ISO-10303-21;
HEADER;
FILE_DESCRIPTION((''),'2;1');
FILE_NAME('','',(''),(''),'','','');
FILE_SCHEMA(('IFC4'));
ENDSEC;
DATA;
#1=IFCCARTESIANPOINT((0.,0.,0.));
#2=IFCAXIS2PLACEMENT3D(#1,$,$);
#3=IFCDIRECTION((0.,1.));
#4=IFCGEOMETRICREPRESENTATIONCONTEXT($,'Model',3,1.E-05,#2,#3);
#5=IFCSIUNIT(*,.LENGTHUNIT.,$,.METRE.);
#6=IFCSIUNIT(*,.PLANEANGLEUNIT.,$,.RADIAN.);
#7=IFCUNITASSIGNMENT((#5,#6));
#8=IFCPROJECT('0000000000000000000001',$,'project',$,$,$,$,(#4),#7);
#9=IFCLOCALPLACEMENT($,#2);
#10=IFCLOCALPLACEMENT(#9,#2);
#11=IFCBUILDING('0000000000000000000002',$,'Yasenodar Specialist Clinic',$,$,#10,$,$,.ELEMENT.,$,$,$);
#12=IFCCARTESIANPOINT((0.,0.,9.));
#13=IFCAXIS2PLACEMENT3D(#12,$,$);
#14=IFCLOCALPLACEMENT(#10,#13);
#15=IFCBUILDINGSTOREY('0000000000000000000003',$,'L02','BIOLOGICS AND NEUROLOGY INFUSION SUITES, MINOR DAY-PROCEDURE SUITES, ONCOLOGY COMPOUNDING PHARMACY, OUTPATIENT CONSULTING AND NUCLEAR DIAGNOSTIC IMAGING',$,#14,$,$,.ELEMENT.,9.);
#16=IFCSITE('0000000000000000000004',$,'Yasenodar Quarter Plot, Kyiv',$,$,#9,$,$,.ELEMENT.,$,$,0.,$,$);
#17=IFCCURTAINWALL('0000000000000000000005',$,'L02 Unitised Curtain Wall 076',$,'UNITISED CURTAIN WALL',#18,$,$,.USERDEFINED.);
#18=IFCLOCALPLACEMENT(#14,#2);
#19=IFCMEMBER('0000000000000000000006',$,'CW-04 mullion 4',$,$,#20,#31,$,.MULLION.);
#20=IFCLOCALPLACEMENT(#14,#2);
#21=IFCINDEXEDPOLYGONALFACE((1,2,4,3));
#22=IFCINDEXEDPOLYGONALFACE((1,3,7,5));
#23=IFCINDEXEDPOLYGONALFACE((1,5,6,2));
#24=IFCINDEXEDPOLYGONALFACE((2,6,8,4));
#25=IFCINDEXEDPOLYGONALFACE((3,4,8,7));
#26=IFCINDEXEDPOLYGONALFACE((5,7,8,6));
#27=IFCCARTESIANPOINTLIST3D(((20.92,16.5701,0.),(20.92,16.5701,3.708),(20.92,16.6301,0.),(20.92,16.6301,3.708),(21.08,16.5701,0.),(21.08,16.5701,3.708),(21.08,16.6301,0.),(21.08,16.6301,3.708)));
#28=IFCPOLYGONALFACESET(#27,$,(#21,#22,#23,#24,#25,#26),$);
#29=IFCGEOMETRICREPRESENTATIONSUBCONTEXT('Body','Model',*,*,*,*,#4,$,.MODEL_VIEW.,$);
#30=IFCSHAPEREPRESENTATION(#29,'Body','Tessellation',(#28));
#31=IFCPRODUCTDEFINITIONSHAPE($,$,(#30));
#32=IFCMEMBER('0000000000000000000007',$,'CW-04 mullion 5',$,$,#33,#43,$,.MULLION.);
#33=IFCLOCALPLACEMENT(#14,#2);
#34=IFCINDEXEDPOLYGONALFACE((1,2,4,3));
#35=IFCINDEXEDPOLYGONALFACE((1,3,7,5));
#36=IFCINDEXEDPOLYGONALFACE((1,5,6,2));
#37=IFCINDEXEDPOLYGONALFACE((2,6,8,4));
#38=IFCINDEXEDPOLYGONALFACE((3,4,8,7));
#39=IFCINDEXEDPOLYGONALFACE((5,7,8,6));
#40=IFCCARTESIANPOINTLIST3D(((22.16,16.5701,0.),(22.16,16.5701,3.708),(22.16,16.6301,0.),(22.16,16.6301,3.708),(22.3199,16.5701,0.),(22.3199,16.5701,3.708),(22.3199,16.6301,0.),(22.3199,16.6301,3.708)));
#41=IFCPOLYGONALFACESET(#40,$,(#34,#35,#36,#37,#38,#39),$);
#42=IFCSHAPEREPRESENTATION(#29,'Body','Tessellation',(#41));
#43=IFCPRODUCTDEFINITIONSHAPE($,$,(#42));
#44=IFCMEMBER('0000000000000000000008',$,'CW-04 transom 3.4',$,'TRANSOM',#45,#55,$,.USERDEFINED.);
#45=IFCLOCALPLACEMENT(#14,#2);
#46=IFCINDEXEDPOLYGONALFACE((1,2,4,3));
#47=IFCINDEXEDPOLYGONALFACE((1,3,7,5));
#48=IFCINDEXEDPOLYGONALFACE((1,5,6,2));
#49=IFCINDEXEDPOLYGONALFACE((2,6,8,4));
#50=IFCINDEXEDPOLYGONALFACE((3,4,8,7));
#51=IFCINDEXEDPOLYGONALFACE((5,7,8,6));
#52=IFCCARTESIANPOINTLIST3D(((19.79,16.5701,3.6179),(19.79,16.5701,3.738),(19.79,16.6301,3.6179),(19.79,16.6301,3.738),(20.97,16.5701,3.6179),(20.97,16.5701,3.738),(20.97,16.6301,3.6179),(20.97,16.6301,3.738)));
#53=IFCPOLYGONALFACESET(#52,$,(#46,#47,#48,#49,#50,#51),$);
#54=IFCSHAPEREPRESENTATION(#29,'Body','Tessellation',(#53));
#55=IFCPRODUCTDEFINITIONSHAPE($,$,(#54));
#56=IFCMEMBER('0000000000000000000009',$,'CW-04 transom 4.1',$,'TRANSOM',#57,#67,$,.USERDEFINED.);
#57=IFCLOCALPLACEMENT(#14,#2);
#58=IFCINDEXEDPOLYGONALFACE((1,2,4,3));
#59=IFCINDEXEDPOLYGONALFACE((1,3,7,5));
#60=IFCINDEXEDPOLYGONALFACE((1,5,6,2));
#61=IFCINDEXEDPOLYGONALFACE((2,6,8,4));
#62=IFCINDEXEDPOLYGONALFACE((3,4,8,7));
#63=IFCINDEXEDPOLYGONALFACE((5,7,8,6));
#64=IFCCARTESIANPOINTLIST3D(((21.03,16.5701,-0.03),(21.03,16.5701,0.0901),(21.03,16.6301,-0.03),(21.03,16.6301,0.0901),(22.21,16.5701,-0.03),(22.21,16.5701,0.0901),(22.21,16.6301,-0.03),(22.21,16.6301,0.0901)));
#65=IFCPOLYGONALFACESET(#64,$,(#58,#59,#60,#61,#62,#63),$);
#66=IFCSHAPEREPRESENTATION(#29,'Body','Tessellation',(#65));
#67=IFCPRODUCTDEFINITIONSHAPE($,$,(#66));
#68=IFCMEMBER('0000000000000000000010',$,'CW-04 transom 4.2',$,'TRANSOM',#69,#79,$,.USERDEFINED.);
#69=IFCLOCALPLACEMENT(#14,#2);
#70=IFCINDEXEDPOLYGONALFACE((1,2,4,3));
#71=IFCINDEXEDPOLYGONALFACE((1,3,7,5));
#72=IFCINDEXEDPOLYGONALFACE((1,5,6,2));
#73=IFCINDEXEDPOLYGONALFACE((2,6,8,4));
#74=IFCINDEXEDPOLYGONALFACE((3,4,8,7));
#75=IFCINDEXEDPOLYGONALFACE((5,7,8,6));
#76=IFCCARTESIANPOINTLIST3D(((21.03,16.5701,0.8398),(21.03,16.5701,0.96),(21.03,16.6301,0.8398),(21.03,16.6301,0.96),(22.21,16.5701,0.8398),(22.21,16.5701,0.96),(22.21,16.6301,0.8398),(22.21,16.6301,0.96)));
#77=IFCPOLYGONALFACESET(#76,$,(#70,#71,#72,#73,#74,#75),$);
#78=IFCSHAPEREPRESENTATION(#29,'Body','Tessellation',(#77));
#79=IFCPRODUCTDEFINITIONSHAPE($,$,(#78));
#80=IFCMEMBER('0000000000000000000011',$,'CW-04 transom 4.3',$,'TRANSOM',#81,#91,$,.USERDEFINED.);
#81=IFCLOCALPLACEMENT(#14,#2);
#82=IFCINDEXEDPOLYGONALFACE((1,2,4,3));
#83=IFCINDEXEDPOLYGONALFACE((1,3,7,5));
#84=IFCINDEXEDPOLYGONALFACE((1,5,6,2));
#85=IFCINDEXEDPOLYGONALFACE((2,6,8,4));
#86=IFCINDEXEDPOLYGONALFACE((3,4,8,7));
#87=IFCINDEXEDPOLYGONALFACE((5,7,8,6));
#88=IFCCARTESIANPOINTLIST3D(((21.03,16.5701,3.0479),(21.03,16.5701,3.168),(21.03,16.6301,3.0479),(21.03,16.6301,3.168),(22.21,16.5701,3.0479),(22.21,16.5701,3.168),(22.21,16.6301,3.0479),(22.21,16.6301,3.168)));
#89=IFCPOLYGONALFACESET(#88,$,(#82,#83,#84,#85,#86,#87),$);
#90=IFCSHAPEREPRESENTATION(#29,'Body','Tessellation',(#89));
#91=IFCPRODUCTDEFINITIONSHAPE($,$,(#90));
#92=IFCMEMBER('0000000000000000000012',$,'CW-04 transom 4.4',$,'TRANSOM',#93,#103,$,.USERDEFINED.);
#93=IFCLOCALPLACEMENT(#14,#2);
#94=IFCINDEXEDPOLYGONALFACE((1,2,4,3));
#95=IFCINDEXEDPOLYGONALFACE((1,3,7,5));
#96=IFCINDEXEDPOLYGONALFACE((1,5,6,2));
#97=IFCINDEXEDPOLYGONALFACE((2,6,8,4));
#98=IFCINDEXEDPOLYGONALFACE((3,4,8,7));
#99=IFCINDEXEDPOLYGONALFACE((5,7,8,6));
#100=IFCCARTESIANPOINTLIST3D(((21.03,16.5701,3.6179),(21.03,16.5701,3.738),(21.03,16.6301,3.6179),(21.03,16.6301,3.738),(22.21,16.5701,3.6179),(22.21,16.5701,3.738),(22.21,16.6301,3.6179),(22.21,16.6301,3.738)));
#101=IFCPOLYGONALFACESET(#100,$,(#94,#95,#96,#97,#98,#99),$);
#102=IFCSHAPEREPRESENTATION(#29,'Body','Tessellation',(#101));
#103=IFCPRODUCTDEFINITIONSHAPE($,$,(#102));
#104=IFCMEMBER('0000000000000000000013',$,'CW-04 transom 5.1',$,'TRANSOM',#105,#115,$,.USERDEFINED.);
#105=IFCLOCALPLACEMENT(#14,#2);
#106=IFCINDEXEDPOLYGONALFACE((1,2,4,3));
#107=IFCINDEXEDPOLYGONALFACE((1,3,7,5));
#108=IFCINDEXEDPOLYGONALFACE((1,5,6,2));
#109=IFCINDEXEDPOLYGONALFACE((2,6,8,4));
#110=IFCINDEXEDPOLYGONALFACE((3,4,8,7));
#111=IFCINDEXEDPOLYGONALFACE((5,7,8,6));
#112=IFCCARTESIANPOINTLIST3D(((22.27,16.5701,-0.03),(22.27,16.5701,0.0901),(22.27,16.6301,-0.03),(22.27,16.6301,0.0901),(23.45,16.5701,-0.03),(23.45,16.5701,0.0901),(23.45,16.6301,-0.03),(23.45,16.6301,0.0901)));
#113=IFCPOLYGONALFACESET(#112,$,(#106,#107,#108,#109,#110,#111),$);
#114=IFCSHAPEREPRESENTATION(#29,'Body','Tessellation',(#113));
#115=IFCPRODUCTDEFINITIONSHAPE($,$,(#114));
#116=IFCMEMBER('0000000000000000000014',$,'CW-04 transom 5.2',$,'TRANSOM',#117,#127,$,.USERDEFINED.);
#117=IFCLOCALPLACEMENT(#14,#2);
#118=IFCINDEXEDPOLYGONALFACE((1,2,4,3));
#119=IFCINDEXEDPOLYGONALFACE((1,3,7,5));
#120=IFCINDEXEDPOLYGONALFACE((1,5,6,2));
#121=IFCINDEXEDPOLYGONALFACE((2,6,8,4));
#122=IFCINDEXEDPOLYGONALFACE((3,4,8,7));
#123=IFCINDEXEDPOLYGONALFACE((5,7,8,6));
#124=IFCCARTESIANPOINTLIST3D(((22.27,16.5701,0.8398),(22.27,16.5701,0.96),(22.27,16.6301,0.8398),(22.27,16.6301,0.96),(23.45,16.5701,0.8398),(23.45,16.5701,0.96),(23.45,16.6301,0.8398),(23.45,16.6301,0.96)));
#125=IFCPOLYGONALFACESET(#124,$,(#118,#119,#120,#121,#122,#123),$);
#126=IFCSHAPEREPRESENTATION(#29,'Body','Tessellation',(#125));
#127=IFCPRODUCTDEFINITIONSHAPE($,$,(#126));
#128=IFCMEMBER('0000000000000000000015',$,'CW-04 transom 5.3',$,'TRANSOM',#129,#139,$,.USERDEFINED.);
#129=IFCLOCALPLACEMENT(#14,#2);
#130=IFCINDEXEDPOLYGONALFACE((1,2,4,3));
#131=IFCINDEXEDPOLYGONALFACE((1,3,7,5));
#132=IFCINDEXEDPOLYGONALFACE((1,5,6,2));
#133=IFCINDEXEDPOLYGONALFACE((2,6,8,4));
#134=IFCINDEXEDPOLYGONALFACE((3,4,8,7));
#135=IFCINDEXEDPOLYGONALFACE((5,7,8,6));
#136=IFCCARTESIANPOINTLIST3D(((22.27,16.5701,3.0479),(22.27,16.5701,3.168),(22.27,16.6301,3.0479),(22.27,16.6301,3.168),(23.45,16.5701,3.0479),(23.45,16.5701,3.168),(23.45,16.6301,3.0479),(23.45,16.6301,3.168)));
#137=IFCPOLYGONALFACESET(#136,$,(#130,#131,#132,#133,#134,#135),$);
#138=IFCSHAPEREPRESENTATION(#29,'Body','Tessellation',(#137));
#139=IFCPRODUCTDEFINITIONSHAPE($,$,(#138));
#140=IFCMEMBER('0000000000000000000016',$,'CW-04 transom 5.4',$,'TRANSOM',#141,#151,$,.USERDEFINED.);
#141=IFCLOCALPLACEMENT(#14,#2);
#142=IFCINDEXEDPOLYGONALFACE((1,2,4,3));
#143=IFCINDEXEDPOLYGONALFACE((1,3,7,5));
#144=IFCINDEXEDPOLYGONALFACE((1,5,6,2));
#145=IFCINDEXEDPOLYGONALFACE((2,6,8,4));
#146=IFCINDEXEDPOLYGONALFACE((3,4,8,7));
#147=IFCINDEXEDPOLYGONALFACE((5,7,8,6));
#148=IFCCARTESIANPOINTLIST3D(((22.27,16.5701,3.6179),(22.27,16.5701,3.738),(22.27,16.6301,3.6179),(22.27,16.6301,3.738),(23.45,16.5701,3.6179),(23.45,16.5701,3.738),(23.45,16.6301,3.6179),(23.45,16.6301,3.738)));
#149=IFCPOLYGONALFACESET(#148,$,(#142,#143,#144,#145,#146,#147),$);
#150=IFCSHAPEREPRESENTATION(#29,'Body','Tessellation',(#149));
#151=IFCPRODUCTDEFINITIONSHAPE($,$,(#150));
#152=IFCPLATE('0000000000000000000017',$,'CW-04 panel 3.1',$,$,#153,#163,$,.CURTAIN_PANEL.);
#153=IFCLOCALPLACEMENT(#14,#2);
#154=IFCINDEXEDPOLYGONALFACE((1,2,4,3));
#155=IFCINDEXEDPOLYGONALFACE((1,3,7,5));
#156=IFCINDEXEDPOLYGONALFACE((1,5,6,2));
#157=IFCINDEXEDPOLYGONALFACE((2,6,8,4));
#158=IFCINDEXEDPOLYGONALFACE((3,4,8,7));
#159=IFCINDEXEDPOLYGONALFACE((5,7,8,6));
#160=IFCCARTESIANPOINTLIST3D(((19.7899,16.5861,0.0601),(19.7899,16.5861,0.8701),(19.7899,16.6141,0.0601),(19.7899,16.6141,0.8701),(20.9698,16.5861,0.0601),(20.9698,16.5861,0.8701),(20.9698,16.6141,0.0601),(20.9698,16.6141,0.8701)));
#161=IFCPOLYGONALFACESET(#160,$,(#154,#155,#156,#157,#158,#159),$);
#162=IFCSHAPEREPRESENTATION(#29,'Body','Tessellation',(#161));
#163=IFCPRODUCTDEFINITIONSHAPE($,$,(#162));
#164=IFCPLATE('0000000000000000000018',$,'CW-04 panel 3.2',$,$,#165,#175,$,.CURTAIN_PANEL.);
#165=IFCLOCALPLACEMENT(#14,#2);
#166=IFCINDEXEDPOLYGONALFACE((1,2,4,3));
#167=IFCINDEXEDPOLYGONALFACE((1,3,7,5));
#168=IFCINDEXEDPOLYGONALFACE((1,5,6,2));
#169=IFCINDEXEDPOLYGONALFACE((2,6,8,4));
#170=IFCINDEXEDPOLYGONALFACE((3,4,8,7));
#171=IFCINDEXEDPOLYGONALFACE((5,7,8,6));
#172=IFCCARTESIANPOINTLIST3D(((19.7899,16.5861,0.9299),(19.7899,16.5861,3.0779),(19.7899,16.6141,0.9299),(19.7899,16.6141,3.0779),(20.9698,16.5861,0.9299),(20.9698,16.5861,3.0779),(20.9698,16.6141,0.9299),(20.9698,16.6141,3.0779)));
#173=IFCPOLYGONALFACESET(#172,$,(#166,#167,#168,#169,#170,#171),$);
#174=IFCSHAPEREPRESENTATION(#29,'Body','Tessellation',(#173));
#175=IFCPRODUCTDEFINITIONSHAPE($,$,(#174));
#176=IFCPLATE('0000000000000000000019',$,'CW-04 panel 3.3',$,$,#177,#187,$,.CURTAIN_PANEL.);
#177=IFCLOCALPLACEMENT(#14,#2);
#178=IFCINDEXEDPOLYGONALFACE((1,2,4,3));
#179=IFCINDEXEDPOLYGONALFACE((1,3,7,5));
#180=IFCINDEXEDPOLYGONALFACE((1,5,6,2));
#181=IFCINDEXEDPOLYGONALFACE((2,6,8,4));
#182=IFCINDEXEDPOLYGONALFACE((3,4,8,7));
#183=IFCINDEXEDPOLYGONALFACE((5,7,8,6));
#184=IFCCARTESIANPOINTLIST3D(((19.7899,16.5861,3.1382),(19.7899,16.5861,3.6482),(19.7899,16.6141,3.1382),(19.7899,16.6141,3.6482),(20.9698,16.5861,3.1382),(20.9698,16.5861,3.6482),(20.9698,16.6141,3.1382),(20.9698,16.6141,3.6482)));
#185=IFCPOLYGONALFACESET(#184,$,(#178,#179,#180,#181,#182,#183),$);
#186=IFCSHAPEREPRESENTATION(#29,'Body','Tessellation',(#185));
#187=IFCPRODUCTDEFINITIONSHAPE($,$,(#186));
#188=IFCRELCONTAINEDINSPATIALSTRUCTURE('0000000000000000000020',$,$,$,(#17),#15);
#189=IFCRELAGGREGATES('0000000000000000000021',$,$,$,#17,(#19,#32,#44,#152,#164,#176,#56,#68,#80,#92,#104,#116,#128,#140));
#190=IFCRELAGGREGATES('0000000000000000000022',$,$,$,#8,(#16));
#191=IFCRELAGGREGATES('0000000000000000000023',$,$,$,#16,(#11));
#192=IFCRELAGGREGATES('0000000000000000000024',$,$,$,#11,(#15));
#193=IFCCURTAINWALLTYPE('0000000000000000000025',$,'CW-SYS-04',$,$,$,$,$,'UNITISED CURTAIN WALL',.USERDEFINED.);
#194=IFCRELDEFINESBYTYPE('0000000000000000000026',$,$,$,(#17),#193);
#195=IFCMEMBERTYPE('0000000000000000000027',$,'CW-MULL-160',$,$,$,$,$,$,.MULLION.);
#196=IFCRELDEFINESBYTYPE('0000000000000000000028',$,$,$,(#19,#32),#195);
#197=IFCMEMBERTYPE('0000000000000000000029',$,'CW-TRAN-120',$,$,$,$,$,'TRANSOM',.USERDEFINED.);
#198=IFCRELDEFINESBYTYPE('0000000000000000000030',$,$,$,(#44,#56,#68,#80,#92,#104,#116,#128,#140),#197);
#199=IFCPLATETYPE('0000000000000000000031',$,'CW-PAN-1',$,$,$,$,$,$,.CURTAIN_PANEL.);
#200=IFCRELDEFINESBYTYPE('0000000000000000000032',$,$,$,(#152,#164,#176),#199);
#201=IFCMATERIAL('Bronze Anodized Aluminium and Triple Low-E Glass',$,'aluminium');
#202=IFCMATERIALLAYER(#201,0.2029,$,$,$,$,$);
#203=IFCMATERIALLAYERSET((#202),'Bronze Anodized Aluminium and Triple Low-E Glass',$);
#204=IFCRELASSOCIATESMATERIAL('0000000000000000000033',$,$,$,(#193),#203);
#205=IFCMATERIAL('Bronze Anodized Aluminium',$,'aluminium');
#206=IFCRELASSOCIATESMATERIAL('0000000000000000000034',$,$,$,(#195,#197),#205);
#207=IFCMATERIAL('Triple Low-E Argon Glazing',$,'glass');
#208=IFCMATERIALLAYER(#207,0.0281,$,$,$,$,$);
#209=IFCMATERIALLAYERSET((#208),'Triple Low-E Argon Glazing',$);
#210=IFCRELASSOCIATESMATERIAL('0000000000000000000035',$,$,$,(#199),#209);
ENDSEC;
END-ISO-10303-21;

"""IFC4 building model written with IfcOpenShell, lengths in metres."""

from ifc_helpers import new_model, si_unit, direction, frame, origin, origin_2d, place, context, subcontext, project, spatial, rectangle, extrude, material, layer, layer_set, material_profile, profile_set, type_object, element, aggregate, save


model = new_model("IFC4")

# Units and contexts
model_context = context("Model", 3, precision=1e-05, world=origin(), true_north=direction((0.0, 1.0)))
body_context = subcontext(model_context, "Body", "Model", "MODEL_VIEW")
ifc_project = project(units=[si_unit("LENGTHUNIT", "METRE"), si_unit("PLANEANGLEUNIT", "RADIAN")], contexts=[model_context])

# Site, building, storey
site_placement = place(None, origin())
site = spatial("IfcSite", under=ifc_project, at=site_placement, Name="Yasenodar Quarter Plot, Kyiv", CompositionType="ELEMENT", RefElevation=0.0)
building_placement = place(site_placement, origin())
building = spatial("IfcBuilding", under=site, at=building_placement, Name="Yasenodar Specialist Clinic", CompositionType="ELEMENT")
storey_placement = place(building_placement, frame((0.0, 0.0, 9.0)))
storey = spatial("IfcBuildingStorey", under=building, at=storey_placement, Name="L02", Description="BIOLOGICS AND NEUROLOGY INFUSION SUITES, MINOR DAY-PROCEDURE SUITES, ONCOLOGY COMPOUNDING PHARMACY, OUTPATIENT CONSULTING AND NUCLEAR DIAGNOSTIC IMAGING", CompositionType="ELEMENT", Elevation=9.0)

# Curtain wall, members, plates
ifc_material_1 = material(Name="Bronze Anodized Aluminium and Triple Low-E Glass", Category="aluminium")
ifc_layer_1 = layer(ifc_material_1, 0.2029)
ifc_layer_set_1 = layer_set([ifc_layer_1], Name="Bronze Anodized Aluminium and Triple Low-E Glass")
curtain_wall_type = type_object("IfcCurtainWallType", Name="CW-SYS-04", ElementType="UNITISED CURTAIN WALL", PredefinedType="USERDEFINED", material=ifc_layer_set_1)
curtain_wall_placement = place(storey_placement, origin())
curtain_wall = element("IfcCurtainWall", 1, at=curtain_wall_placement, inside=storey, type_object=curtain_wall_type, Name="L02 Unitised Curtain Wall 076", ObjectType="UNITISED CURTAIN WALL", PredefinedType="USERDEFINED")
ifc_material_2 = material(Name="Bronze Anodized Aluminium", Category="aluminium")
ifc_material_profile_1 = material_profile(ifc_material_2, rectangle(XDim=0.0601, YDim=0.1599, at=origin_2d()), Name="CW-MULL 60x160")
ifc_profile_set_1 = profile_set([ifc_material_profile_1], Name="Bronze Anodized Aluminium")
member_type_1 = type_object("IfcMemberType", Name="CW-MULL-160", PredefinedType="MULLION", material=ifc_profile_set_1)
member_1_placement = place(storey_placement, frame((21.0, 16.6001, 0.0), z_axis=(0.0, 0.0, 1.0), x_axis=(0.0, 1.0, 0.0)))
member_1 = element("IfcMember", 2, at=member_1_placement, type_object=member_type_1, Name="CW-04 mullion 4", PredefinedType="MULLION", context=body_context, shape_type="SweptSolid", body=[
    extrude(rectangle(XDim=0.0601, YDim=0.1599, at=origin_2d()), origin(), (0.0, 0.0, 1.0), 3.708),
])
member_2_placement = place(storey_placement, frame((22.24, 16.6001, 0.0), z_axis=(0.0, 0.0, 1.0), x_axis=(0.0, 1.0, 0.0)))
member_2 = element("IfcMember", 3, at=member_2_placement, type_object=member_type_1, Name="CW-04 mullion 5", PredefinedType="MULLION", context=body_context, shape_type="SweptSolid", body=[
    extrude(rectangle(XDim=0.0601, YDim=0.1599, at=origin_2d()), origin(), (0.0, 0.0, 1.0), 3.708),
])
ifc_material_profile_2 = material_profile(ifc_material_2, rectangle(XDim=0.0601, YDim=0.1201, at=origin_2d()), Name="CW-TRAN 60x120")
ifc_profile_set_2 = profile_set([ifc_material_profile_2], Name="Bronze Anodized Aluminium")
member_type_2 = type_object("IfcMemberType", Name="CW-TRAN-120", ElementType="TRANSOM", PredefinedType="USERDEFINED", material=ifc_profile_set_2)
member_3_placement = place(storey_placement, frame((19.79, 16.6001, 3.678), z_axis=(1.0, 0.0, 0.0), x_axis=(0.0, 1.0, 0.0)))
member_3 = element("IfcMember", 4, at=member_3_placement, type_object=member_type_2, Name="CW-04 transom 3.4", ObjectType="TRANSOM", PredefinedType="USERDEFINED", context=body_context, shape_type="SweptSolid", body=[
    extrude(rectangle(XDim=0.0601, YDim=0.1201, at=origin_2d()), origin(), (0.0, 0.0, 1.0), 1.1799),
])
member_4_placement = place(storey_placement, frame((21.03, 16.6001, 0.03), z_axis=(1.0, 0.0, 0.0), x_axis=(0.0, 1.0, 0.0)))
member_4 = element("IfcMember", 5, at=member_4_placement, type_object=member_type_2, Name="CW-04 transom 4.1", ObjectType="TRANSOM", PredefinedType="USERDEFINED", context=body_context, shape_type="SweptSolid", body=[
    extrude(rectangle(XDim=0.0601, YDim=0.1201, at=origin_2d()), origin(), (0.0, 0.0, 1.0), 1.1799),
])
member_5_placement = place(storey_placement, frame((21.03, 16.6001, 0.8999), z_axis=(1.0, 0.0, 0.0), x_axis=(0.0, 1.0, 0.0)))
member_5 = element("IfcMember", 6, at=member_5_placement, type_object=member_type_2, Name="CW-04 transom 4.2", ObjectType="TRANSOM", PredefinedType="USERDEFINED", context=body_context, shape_type="SweptSolid", body=[
    extrude(rectangle(XDim=0.0601, YDim=0.1201, at=origin_2d()), origin(), (0.0, 0.0, 1.0), 1.1799),
])
member_6_placement = place(storey_placement, frame((21.03, 16.6001, 3.1079), z_axis=(1.0, 0.0, 0.0), x_axis=(0.0, 1.0, 0.0)))
member_6 = element("IfcMember", 7, at=member_6_placement, type_object=member_type_2, Name="CW-04 transom 4.3", ObjectType="TRANSOM", PredefinedType="USERDEFINED", context=body_context, shape_type="SweptSolid", body=[
    extrude(rectangle(XDim=0.0601, YDim=0.1201, at=origin_2d()), origin(), (0.0, 0.0, 1.0), 1.1799),
])
member_7_placement = place(storey_placement, frame((21.03, 16.6001, 3.678), z_axis=(1.0, 0.0, 0.0), x_axis=(0.0, 1.0, 0.0)))
member_7 = element("IfcMember", 8, at=member_7_placement, type_object=member_type_2, Name="CW-04 transom 4.4", ObjectType="TRANSOM", PredefinedType="USERDEFINED", context=body_context, shape_type="SweptSolid", body=[
    extrude(rectangle(XDim=0.0601, YDim=0.1201, at=origin_2d()), origin(), (0.0, 0.0, 1.0), 1.1799),
])
member_8_placement = place(storey_placement, frame((22.27, 16.6001, 0.03), z_axis=(1.0, 0.0, 0.0), x_axis=(0.0, 1.0, 0.0)))
member_8 = element("IfcMember", 9, at=member_8_placement, type_object=member_type_2, Name="CW-04 transom 5.1", ObjectType="TRANSOM", PredefinedType="USERDEFINED", context=body_context, shape_type="SweptSolid", body=[
    extrude(rectangle(XDim=0.0601, YDim=0.1201, at=origin_2d()), origin(), (0.0, 0.0, 1.0), 1.1799),
])
member_9_placement = place(storey_placement, frame((22.27, 16.6001, 0.8999), z_axis=(1.0, 0.0, 0.0), x_axis=(0.0, 1.0, 0.0)))
member_9 = element("IfcMember", 10, at=member_9_placement, type_object=member_type_2, Name="CW-04 transom 5.2", ObjectType="TRANSOM", PredefinedType="USERDEFINED", context=body_context, shape_type="SweptSolid", body=[
    extrude(rectangle(XDim=0.0601, YDim=0.1201, at=origin_2d()), origin(), (0.0, 0.0, 1.0), 1.1799),
])
member_10_placement = place(storey_placement, frame((22.27, 16.6001, 3.1079), z_axis=(1.0, 0.0, 0.0), x_axis=(0.0, 1.0, 0.0)))
member_10 = element("IfcMember", 11, at=member_10_placement, type_object=member_type_2, Name="CW-04 transom 5.3", ObjectType="TRANSOM", PredefinedType="USERDEFINED", context=body_context, shape_type="SweptSolid", body=[
    extrude(rectangle(XDim=0.0601, YDim=0.1201, at=origin_2d()), origin(), (0.0, 0.0, 1.0), 1.1799),
])
member_11_placement = place(storey_placement, frame((22.27, 16.6001, 3.678), z_axis=(1.0, 0.0, 0.0), x_axis=(0.0, 1.0, 0.0)))
member_11 = element("IfcMember", 12, at=member_11_placement, type_object=member_type_2, Name="CW-04 transom 5.4", ObjectType="TRANSOM", PredefinedType="USERDEFINED", context=body_context, shape_type="SweptSolid", body=[
    extrude(rectangle(XDim=0.0601, YDim=0.1201, at=origin_2d()), origin(), (0.0, 0.0, 1.0), 1.1799),
])
ifc_material_3 = material(Name="Triple Low-E Argon Glazing", Category="glass")
ifc_layer_2 = layer(ifc_material_3, 0.0281)
ifc_layer_set_2 = layer_set([ifc_layer_2], Name="Triple Low-E Argon Glazing")
plate_type = type_object("IfcPlateType", Name="CW-PAN-1", PredefinedType="CURTAIN_PANEL", material=ifc_layer_set_2)
plate_1_placement = place(storey_placement, frame((20.3799, 16.6001, 0.0601), z_axis=(0.0, 0.0, 1.0), x_axis=(1.0, 0.0, 0.0)))
plate_1 = element("IfcPlate", 13, at=plate_1_placement, type_object=plate_type, Name="CW-04 panel 3.1", PredefinedType="CURTAIN_PANEL", context=body_context, shape_type="SweptSolid", body=[
    extrude(rectangle(XDim=1.1799, YDim=0.0281, at=origin_2d()), origin(), (0.0, 0.0, 1.0), 0.8101),
])
plate_2_placement = place(storey_placement, frame((20.3799, 16.6001, 0.9299), z_axis=(0.0, 0.0, 1.0), x_axis=(1.0, 0.0, 0.0)))
plate_2 = element("IfcPlate", 14, at=plate_2_placement, type_object=plate_type, Name="CW-04 panel 3.2", PredefinedType="CURTAIN_PANEL", context=body_context, shape_type="SweptSolid", body=[
    extrude(rectangle(XDim=1.1799, YDim=0.0281, at=origin_2d()), origin(), (0.0, 0.0, 1.0), 2.1479),
])
plate_3_placement = place(storey_placement, frame((20.3799, 16.6001, 3.1382), z_axis=(0.0, 0.0, 1.0), x_axis=(1.0, 0.0, 0.0)))
plate_3 = element("IfcPlate", 15, at=plate_3_placement, type_object=plate_type, Name="CW-04 panel 3.3", PredefinedType="CURTAIN_PANEL", context=body_context, shape_type="SweptSolid", body=[
    extrude(rectangle(XDim=1.1799, YDim=0.0281, at=origin_2d()), origin(), (0.0, 0.0, 1.0), 0.51),
])
aggregate(curtain_wall, [member_1, member_2, member_3, plate_1, plate_2, plate_3, member_4, member_5, member_6, member_7, member_8, member_9, member_10, member_11])

save(model, "model.ifc")
